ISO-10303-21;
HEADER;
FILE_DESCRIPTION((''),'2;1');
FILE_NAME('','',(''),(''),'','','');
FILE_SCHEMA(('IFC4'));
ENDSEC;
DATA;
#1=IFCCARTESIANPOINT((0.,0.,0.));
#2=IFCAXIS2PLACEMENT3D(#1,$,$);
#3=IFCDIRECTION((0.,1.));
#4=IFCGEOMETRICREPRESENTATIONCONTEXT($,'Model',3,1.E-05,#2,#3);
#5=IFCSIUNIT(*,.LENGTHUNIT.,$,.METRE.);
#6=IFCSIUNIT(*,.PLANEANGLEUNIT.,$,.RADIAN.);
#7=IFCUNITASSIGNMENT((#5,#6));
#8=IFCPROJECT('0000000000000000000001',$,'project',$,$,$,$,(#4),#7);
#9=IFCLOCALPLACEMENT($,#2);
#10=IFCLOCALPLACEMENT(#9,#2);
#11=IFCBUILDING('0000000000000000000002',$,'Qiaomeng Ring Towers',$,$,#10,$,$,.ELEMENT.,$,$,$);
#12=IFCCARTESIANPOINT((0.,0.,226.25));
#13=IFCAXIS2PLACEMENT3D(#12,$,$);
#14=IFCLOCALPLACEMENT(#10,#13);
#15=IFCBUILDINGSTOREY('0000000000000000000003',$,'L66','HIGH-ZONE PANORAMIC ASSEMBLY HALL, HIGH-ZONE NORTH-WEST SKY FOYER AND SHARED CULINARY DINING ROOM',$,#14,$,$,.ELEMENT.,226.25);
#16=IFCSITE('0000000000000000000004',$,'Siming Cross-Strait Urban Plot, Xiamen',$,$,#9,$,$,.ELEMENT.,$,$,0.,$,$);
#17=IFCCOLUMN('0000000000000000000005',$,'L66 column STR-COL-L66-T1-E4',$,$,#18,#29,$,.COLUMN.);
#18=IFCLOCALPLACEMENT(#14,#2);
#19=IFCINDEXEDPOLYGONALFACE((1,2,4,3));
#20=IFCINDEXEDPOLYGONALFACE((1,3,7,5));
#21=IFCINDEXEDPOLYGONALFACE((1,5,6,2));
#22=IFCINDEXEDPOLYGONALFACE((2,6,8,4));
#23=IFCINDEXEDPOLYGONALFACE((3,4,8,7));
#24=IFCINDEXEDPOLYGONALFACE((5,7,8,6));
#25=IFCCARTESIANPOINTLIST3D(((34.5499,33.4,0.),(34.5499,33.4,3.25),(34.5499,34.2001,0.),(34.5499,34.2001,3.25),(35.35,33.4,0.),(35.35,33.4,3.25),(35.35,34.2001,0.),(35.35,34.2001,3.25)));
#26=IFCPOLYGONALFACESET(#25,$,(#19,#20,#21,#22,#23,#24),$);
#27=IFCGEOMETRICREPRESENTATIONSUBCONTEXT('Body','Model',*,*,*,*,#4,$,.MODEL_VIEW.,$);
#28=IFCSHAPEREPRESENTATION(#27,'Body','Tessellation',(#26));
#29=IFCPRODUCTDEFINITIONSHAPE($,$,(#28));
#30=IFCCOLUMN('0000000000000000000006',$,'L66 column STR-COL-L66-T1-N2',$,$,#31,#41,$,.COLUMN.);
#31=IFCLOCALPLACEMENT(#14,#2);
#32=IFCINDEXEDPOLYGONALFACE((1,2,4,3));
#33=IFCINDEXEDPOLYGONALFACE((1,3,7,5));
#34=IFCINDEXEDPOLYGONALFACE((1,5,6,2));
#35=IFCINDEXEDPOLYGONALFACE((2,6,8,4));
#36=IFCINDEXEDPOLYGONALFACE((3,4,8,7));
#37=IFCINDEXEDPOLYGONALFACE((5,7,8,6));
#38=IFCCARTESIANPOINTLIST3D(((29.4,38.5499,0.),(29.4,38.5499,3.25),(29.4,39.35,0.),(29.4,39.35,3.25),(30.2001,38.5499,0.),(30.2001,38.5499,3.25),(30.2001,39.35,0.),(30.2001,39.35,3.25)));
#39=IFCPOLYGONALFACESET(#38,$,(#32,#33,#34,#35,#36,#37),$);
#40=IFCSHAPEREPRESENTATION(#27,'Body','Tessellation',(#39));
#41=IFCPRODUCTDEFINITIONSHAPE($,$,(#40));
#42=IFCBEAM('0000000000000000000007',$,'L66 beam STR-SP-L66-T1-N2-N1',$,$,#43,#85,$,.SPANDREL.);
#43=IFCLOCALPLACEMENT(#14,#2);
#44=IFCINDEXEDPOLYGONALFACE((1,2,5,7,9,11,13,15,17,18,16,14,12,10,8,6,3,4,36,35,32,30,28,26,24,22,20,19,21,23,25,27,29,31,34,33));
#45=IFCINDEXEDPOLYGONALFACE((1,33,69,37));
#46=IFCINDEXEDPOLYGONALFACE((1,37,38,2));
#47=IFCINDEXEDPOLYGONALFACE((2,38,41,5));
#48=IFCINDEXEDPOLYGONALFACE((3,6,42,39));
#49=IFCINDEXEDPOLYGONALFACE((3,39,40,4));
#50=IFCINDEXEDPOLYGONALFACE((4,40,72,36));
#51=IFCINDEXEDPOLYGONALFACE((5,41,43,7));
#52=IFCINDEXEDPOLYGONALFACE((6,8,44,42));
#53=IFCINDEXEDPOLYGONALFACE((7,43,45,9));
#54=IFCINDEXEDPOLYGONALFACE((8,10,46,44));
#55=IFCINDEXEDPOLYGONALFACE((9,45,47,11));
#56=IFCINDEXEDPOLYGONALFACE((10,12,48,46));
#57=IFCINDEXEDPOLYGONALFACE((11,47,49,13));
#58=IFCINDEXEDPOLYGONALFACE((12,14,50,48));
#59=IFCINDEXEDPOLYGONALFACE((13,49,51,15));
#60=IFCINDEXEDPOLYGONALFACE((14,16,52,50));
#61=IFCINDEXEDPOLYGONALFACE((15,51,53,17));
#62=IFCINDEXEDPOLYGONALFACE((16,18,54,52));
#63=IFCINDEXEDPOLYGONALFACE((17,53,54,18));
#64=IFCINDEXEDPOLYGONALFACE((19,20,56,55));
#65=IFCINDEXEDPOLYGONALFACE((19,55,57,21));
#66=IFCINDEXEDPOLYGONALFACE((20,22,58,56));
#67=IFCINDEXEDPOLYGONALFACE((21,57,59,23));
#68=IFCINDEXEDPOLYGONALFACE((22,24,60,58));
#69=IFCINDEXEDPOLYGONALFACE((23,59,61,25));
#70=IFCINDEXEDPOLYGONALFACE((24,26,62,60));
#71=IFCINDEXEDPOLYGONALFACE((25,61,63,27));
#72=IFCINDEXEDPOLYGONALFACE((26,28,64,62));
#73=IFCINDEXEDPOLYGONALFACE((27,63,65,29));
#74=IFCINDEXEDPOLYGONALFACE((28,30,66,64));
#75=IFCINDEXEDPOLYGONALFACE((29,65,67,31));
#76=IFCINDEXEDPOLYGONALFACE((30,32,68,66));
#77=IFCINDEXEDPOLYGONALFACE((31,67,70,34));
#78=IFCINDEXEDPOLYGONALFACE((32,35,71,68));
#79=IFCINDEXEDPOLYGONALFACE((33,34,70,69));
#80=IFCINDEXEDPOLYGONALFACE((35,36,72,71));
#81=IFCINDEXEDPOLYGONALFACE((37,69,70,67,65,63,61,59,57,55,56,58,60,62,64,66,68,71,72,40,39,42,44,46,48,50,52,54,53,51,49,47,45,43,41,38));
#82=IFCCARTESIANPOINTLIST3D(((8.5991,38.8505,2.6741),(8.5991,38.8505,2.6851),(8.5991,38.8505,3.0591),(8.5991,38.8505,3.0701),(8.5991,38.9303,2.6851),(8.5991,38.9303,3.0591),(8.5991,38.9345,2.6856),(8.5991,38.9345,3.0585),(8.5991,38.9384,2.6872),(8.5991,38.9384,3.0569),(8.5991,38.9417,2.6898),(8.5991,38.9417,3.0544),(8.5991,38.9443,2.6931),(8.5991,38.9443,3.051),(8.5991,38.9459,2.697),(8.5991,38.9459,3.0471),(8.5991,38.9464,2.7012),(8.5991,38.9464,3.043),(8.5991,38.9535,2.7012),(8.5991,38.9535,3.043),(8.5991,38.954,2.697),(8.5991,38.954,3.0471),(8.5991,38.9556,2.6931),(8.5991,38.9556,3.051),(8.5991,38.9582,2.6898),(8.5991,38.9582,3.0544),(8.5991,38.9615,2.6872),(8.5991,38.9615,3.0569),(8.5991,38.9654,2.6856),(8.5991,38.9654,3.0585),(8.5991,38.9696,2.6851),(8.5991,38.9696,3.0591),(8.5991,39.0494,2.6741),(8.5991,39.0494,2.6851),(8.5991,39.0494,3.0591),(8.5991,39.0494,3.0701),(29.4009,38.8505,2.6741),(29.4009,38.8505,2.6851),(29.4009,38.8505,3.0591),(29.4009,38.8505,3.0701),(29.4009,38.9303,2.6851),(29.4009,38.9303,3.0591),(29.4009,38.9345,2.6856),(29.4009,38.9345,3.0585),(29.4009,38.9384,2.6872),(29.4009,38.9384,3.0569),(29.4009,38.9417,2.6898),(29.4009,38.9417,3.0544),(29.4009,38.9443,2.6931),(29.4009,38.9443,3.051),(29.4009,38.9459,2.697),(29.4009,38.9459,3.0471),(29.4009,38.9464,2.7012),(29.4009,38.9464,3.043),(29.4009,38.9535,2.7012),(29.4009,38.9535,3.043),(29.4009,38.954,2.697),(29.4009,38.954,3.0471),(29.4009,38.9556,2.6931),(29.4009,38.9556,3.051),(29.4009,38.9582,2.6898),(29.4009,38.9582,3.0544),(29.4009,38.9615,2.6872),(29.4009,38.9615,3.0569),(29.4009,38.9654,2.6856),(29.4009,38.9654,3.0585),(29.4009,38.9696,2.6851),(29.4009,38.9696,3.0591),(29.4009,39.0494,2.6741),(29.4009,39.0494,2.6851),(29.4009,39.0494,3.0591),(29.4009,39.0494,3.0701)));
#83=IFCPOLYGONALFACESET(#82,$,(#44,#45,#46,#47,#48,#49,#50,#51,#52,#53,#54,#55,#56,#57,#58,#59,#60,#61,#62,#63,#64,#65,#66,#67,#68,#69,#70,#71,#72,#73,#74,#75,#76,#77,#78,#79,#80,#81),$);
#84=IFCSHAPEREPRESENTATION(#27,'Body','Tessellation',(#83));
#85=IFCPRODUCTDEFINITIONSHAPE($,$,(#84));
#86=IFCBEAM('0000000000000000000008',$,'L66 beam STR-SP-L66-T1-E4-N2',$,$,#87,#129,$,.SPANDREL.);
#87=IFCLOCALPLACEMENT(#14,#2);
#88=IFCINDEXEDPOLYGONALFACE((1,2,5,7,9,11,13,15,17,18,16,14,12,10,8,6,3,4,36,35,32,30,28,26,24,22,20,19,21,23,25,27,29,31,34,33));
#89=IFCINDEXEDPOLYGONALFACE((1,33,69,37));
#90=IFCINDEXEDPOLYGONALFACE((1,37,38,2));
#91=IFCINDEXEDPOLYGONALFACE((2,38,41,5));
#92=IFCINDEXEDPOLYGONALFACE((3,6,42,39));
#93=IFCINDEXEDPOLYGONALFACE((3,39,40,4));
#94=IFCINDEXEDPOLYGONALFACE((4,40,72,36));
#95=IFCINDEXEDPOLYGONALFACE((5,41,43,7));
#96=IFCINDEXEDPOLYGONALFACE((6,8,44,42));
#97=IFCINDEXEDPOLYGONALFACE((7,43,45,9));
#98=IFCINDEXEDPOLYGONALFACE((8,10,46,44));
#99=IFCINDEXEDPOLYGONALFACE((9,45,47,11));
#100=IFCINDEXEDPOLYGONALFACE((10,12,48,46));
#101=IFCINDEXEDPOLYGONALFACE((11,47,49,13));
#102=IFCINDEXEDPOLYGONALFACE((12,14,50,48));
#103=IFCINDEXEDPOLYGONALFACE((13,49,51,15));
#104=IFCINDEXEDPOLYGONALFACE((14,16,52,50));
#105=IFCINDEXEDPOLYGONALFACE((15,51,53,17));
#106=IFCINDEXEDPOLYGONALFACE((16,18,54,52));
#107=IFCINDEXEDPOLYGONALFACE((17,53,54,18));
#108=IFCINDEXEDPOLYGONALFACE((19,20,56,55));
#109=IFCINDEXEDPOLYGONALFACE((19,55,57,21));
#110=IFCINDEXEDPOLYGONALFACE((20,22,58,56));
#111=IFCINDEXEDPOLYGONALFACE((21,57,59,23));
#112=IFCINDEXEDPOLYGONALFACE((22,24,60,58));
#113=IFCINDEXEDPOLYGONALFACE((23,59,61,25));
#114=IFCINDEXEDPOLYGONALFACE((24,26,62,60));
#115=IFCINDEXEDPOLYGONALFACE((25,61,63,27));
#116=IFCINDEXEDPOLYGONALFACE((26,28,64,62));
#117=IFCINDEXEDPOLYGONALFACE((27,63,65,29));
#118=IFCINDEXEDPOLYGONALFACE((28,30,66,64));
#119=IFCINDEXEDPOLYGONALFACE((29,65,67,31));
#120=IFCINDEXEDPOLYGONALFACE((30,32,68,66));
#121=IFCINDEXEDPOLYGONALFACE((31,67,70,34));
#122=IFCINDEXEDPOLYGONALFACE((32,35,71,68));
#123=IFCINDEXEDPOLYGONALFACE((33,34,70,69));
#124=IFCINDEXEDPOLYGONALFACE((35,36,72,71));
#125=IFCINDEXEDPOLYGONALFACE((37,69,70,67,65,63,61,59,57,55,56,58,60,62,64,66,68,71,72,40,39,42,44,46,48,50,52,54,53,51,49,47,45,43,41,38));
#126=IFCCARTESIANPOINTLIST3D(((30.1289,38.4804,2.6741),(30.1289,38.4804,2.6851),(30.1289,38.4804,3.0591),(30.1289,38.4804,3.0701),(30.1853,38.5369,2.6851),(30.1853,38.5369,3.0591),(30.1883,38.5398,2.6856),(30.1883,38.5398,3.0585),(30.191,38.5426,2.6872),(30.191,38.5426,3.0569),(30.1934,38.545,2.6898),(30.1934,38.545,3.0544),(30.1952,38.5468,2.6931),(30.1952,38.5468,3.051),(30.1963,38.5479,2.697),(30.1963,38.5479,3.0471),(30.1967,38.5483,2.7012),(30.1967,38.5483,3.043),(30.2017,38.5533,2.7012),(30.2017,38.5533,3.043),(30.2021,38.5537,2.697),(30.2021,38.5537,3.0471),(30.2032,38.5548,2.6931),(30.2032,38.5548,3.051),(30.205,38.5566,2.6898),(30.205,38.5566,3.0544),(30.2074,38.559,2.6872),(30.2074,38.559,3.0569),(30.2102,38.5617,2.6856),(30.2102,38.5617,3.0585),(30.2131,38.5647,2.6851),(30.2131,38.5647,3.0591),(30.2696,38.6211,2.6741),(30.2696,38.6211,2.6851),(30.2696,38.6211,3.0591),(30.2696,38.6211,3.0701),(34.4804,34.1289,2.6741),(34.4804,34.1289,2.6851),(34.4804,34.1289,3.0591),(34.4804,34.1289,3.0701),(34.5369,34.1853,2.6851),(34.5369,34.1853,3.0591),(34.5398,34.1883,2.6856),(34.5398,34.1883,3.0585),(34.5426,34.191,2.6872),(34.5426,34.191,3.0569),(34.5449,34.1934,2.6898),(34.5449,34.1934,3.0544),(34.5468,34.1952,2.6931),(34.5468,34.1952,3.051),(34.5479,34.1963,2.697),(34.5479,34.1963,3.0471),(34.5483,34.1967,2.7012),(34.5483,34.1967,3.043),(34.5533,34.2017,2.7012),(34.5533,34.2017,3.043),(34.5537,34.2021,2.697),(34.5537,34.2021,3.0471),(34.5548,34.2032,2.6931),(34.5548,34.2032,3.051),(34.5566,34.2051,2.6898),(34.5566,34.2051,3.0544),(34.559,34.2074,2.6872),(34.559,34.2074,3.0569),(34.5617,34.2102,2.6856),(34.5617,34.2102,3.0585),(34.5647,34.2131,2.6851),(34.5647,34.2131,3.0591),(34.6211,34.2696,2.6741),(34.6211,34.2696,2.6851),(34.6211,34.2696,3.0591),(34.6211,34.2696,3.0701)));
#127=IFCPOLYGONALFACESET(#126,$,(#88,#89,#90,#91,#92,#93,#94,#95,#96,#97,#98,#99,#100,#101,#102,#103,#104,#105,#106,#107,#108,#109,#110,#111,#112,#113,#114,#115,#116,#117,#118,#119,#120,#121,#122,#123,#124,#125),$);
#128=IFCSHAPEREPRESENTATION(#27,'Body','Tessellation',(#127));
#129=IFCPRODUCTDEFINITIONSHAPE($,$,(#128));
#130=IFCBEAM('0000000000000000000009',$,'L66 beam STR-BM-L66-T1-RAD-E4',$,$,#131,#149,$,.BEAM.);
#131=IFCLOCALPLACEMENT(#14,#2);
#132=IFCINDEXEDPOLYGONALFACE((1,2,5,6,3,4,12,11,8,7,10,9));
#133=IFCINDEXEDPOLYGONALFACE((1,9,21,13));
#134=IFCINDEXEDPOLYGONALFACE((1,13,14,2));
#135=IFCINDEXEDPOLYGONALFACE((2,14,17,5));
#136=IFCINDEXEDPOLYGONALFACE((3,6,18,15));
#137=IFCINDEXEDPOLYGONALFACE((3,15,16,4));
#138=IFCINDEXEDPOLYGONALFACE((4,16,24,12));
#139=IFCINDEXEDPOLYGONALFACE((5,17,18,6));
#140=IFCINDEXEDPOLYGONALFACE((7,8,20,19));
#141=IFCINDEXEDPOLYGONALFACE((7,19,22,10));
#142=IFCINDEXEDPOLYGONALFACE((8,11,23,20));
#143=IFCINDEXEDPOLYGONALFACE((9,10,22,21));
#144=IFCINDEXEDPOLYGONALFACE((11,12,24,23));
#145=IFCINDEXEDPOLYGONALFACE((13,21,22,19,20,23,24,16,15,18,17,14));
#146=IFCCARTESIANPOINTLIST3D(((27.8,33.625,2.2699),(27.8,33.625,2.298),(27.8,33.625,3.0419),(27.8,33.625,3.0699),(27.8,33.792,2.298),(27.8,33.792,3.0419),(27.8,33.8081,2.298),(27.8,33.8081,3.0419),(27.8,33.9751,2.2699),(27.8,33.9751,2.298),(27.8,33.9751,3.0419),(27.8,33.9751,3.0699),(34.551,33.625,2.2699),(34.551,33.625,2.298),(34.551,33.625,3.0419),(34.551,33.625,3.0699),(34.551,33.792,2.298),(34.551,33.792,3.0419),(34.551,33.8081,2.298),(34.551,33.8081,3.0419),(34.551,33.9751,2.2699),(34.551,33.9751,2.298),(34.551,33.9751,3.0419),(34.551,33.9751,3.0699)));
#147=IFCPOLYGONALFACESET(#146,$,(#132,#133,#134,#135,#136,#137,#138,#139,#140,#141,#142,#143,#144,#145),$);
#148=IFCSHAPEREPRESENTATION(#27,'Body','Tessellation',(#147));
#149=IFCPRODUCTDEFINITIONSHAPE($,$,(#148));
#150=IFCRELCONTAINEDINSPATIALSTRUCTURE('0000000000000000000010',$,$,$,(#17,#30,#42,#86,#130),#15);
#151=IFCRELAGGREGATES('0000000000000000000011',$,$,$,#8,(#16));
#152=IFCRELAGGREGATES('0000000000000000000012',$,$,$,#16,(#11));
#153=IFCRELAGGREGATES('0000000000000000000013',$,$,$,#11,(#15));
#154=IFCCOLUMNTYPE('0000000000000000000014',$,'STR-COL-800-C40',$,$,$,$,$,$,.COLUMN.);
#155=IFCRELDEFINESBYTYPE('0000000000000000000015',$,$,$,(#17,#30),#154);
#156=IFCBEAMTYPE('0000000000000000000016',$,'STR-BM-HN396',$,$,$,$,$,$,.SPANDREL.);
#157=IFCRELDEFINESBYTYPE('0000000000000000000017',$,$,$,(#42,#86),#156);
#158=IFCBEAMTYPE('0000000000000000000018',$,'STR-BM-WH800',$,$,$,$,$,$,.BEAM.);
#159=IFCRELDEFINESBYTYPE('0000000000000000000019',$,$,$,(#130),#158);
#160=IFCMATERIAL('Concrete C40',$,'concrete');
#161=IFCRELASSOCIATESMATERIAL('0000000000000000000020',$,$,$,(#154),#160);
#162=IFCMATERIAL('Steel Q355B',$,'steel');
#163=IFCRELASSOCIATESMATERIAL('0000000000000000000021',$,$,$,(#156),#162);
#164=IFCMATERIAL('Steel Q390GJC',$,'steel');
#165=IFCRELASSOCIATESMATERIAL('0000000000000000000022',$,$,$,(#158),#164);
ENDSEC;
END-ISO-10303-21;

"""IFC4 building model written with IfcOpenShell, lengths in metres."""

from ifc_helpers import new_model, si_unit, direction, frame, origin, origin_2d, place, context, subcontext, project, spatial, rectangle, i_section, extrude, source, transform, mapped, material, material_profile, profile_set, type_object, element, save


model = new_model("IFC4")

# Units and contexts
model_context = context("Model", 3, precision=1e-05, world=origin(), true_north=direction((0.0, 1.0)))
body_context = subcontext(model_context, "Body", "Model", "MODEL_VIEW")
ifc_project = project(units=[si_unit("LENGTHUNIT", "METRE"), si_unit("PLANEANGLEUNIT", "RADIAN")], contexts=[model_context])

# Site, building, storey
site_placement = place(None, origin())
site = spatial("IfcSite", under=ifc_project, at=site_placement, Name="Siming Cross-Strait Urban Plot, Xiamen", CompositionType="ELEMENT", RefElevation=0.0)
building_placement = place(site_placement, origin())
building = spatial("IfcBuilding", under=site, at=building_placement, Name="Qiaomeng Ring Towers", CompositionType="ELEMENT")
storey_placement = place(building_placement, frame((0.0, 0.0, 226.25)))
storey = spatial("IfcBuildingStorey", under=building, at=storey_placement, Name="L66", Description="HIGH-ZONE PANORAMIC ASSEMBLY HALL, HIGH-ZONE NORTH-WEST SKY FOYER AND SHARED CULINARY DINING ROOM", CompositionType="ELEMENT", Elevation=226.25)

# Columns
ifc_material_1 = material(Name="Concrete C40", Category="concrete")
ifc_material_profile_1 = material_profile(ifc_material_1, rectangle(XDim=0.8, YDim=0.8, at=origin_2d()), Name="RC COL 800x800")
ifc_profile_set_1 = profile_set([ifc_material_profile_1], Name="Concrete C40")
column_type = type_object("IfcColumnType", Name="STR-COL-800-C40", PredefinedType="COLUMN", material=ifc_profile_set_1)
shared_shape_1 = source(origin(), body_context, "Body", "SweptSolid", [
    extrude(rectangle(XDim=0.8, YDim=0.8, at=origin_2d()), origin(), (0.0, 0.0, 1.0), 3.25),
])
for number, where, z_axis, x_axis, name in (
    (1, (34.95, 33.8, 0.0), (0.0, 0.0, 1.0), (1.0, 0.0, 0.0), "L66 column STR-COL-L66-T1-E4"),
    (2, (29.8, 38.95, 0.0), (0.0, 0.0, 1.0), (1.0, 0.0, 0.0), "L66 column STR-COL-L66-T1-N2"),
):
    element("IfcColumn", number, at=place(storey_placement, frame(where, z_axis=z_axis, x_axis=x_axis)), inside=storey, type_object=column_type, Name=name, PredefinedType="COLUMN", context=body_context, shape_type="MappedRepresentation", body=[
        mapped(shared_shape_1, transform((0.0, 0.0, 0.0), x_axis=(1.0, 0.0, 0.0), y_axis=(0.0, 1.0, 0.0), z_axis=(0.0, 0.0, 1.0), scale=1.0)),
    ])

# Beams
ifc_material_2 = material(Name="Steel Q355B", Category="steel")
ifc_material_profile_2 = material_profile(ifc_material_2, i_section(OverallWidth=0.199, OverallDepth=0.396, WebThickness=0.0071, FlangeThickness=0.011, FilletRadius=0.0161, at=origin_2d()), Name="HN 396x199x7x11")
ifc_profile_set_2 = profile_set([ifc_material_profile_2], Name="Steel Q355B")
beam_type_1 = type_object("IfcBeamType", Name="STR-BM-HN396", PredefinedType="SPANDREL", material=ifc_profile_set_2)
shared_shape_2 = source(origin(), body_context, "Body", "SweptSolid", [
    extrude(i_section(OverallWidth=0.199, OverallDepth=0.396, WebThickness=0.0071, FlangeThickness=0.011, FilletRadius=0.0161, at=origin_2d()), origin(), (0.0, 0.0, 1.0), 20.8018),
])
beam_1_placement = place(storey_placement, frame((29.4009, 38.95, 2.8721), z_axis=(-1.0, 0.0, 0.0), x_axis=(0.0, -1.0, 0.0)))
element("IfcBeam", 3, at=beam_1_placement, inside=storey, type_object=beam_type_1, Name="L66 beam STR-SP-L66-T1-N2-N1", PredefinedType="SPANDREL", context=body_context, shape_type="MappedRepresentation", body=[
    mapped(shared_shape_2, transform((0.0, 0.0, 0.0), x_axis=(1.0, 0.0, 0.0), y_axis=(0.0, 1.0, 0.0), z_axis=(0.0, 0.0, 1.0), scale=1.0)),
])
shared_shape_3 = source(origin(), body_context, "Body", "SweptSolid", [
    extrude(i_section(OverallWidth=0.199, OverallDepth=0.396, WebThickness=0.0071, FlangeThickness=0.011, FilletRadius=0.0161, at=origin_2d()), origin(), (0.0, 0.0, 1.0), 6.1541),
])
beam_2_placement = place(storey_placement, frame((34.5508, 34.1992, 2.8721), z_axis=(-0.707107, 0.707107, 0.0), x_axis=(-0.707107, -0.707107, 0.0)))
element("IfcBeam", 4, at=beam_2_placement, inside=storey, type_object=beam_type_1, Name="L66 beam STR-SP-L66-T1-E4-N2", PredefinedType="SPANDREL", context=body_context, shape_type="MappedRepresentation", body=[
    mapped(shared_shape_3, transform((0.0, 0.0, 0.0), x_axis=(1.0, 0.0, 0.0), y_axis=(0.0, 1.0, 0.0), z_axis=(0.0, 0.0, 1.0), scale=1.0)),
])
ifc_material_3 = material(Name="Steel Q390GJC", Category="steel")
ifc_material_profile_3 = material_profile(ifc_material_3, i_section(OverallWidth=0.3501, OverallDepth=0.8, WebThickness=0.0161, FlangeThickness=0.0281, at=origin_2d()), Name="WH 800x350x16x28")
ifc_profile_set_3 = profile_set([ifc_material_profile_3], Name="Steel Q390GJC")
beam_type_2 = type_object("IfcBeamType", Name="STR-BM-WH800", PredefinedType="BEAM", material=ifc_profile_set_3)
shared_shape_4 = source(origin(), body_context, "Body", "SweptSolid", [
    extrude(i_section(OverallWidth=0.3501, OverallDepth=0.8, WebThickness=0.0161, FlangeThickness=0.0281, at=origin_2d()), origin(), (0.0, 0.0, 1.0), 6.751),
])
beam_3_placement = place(storey_placement, frame((27.8, 33.8, 2.6699), z_axis=(1.0, 0.0, 0.0), x_axis=(0.0, 1.0, 0.0)))
element("IfcBeam", 5, at=beam_3_placement, inside=storey, type_object=beam_type_2, Name="L66 beam STR-BM-L66-T1-RAD-E4", PredefinedType="BEAM", context=body_context, shape_type="MappedRepresentation", body=[
    mapped(shared_shape_4, transform((0.0, 0.0, 0.0), x_axis=(1.0, 0.0, 0.0), y_axis=(0.0, 1.0, 0.0), z_axis=(0.0, 0.0, 1.0), scale=1.0)),
])

save(model, "model.ifc")
